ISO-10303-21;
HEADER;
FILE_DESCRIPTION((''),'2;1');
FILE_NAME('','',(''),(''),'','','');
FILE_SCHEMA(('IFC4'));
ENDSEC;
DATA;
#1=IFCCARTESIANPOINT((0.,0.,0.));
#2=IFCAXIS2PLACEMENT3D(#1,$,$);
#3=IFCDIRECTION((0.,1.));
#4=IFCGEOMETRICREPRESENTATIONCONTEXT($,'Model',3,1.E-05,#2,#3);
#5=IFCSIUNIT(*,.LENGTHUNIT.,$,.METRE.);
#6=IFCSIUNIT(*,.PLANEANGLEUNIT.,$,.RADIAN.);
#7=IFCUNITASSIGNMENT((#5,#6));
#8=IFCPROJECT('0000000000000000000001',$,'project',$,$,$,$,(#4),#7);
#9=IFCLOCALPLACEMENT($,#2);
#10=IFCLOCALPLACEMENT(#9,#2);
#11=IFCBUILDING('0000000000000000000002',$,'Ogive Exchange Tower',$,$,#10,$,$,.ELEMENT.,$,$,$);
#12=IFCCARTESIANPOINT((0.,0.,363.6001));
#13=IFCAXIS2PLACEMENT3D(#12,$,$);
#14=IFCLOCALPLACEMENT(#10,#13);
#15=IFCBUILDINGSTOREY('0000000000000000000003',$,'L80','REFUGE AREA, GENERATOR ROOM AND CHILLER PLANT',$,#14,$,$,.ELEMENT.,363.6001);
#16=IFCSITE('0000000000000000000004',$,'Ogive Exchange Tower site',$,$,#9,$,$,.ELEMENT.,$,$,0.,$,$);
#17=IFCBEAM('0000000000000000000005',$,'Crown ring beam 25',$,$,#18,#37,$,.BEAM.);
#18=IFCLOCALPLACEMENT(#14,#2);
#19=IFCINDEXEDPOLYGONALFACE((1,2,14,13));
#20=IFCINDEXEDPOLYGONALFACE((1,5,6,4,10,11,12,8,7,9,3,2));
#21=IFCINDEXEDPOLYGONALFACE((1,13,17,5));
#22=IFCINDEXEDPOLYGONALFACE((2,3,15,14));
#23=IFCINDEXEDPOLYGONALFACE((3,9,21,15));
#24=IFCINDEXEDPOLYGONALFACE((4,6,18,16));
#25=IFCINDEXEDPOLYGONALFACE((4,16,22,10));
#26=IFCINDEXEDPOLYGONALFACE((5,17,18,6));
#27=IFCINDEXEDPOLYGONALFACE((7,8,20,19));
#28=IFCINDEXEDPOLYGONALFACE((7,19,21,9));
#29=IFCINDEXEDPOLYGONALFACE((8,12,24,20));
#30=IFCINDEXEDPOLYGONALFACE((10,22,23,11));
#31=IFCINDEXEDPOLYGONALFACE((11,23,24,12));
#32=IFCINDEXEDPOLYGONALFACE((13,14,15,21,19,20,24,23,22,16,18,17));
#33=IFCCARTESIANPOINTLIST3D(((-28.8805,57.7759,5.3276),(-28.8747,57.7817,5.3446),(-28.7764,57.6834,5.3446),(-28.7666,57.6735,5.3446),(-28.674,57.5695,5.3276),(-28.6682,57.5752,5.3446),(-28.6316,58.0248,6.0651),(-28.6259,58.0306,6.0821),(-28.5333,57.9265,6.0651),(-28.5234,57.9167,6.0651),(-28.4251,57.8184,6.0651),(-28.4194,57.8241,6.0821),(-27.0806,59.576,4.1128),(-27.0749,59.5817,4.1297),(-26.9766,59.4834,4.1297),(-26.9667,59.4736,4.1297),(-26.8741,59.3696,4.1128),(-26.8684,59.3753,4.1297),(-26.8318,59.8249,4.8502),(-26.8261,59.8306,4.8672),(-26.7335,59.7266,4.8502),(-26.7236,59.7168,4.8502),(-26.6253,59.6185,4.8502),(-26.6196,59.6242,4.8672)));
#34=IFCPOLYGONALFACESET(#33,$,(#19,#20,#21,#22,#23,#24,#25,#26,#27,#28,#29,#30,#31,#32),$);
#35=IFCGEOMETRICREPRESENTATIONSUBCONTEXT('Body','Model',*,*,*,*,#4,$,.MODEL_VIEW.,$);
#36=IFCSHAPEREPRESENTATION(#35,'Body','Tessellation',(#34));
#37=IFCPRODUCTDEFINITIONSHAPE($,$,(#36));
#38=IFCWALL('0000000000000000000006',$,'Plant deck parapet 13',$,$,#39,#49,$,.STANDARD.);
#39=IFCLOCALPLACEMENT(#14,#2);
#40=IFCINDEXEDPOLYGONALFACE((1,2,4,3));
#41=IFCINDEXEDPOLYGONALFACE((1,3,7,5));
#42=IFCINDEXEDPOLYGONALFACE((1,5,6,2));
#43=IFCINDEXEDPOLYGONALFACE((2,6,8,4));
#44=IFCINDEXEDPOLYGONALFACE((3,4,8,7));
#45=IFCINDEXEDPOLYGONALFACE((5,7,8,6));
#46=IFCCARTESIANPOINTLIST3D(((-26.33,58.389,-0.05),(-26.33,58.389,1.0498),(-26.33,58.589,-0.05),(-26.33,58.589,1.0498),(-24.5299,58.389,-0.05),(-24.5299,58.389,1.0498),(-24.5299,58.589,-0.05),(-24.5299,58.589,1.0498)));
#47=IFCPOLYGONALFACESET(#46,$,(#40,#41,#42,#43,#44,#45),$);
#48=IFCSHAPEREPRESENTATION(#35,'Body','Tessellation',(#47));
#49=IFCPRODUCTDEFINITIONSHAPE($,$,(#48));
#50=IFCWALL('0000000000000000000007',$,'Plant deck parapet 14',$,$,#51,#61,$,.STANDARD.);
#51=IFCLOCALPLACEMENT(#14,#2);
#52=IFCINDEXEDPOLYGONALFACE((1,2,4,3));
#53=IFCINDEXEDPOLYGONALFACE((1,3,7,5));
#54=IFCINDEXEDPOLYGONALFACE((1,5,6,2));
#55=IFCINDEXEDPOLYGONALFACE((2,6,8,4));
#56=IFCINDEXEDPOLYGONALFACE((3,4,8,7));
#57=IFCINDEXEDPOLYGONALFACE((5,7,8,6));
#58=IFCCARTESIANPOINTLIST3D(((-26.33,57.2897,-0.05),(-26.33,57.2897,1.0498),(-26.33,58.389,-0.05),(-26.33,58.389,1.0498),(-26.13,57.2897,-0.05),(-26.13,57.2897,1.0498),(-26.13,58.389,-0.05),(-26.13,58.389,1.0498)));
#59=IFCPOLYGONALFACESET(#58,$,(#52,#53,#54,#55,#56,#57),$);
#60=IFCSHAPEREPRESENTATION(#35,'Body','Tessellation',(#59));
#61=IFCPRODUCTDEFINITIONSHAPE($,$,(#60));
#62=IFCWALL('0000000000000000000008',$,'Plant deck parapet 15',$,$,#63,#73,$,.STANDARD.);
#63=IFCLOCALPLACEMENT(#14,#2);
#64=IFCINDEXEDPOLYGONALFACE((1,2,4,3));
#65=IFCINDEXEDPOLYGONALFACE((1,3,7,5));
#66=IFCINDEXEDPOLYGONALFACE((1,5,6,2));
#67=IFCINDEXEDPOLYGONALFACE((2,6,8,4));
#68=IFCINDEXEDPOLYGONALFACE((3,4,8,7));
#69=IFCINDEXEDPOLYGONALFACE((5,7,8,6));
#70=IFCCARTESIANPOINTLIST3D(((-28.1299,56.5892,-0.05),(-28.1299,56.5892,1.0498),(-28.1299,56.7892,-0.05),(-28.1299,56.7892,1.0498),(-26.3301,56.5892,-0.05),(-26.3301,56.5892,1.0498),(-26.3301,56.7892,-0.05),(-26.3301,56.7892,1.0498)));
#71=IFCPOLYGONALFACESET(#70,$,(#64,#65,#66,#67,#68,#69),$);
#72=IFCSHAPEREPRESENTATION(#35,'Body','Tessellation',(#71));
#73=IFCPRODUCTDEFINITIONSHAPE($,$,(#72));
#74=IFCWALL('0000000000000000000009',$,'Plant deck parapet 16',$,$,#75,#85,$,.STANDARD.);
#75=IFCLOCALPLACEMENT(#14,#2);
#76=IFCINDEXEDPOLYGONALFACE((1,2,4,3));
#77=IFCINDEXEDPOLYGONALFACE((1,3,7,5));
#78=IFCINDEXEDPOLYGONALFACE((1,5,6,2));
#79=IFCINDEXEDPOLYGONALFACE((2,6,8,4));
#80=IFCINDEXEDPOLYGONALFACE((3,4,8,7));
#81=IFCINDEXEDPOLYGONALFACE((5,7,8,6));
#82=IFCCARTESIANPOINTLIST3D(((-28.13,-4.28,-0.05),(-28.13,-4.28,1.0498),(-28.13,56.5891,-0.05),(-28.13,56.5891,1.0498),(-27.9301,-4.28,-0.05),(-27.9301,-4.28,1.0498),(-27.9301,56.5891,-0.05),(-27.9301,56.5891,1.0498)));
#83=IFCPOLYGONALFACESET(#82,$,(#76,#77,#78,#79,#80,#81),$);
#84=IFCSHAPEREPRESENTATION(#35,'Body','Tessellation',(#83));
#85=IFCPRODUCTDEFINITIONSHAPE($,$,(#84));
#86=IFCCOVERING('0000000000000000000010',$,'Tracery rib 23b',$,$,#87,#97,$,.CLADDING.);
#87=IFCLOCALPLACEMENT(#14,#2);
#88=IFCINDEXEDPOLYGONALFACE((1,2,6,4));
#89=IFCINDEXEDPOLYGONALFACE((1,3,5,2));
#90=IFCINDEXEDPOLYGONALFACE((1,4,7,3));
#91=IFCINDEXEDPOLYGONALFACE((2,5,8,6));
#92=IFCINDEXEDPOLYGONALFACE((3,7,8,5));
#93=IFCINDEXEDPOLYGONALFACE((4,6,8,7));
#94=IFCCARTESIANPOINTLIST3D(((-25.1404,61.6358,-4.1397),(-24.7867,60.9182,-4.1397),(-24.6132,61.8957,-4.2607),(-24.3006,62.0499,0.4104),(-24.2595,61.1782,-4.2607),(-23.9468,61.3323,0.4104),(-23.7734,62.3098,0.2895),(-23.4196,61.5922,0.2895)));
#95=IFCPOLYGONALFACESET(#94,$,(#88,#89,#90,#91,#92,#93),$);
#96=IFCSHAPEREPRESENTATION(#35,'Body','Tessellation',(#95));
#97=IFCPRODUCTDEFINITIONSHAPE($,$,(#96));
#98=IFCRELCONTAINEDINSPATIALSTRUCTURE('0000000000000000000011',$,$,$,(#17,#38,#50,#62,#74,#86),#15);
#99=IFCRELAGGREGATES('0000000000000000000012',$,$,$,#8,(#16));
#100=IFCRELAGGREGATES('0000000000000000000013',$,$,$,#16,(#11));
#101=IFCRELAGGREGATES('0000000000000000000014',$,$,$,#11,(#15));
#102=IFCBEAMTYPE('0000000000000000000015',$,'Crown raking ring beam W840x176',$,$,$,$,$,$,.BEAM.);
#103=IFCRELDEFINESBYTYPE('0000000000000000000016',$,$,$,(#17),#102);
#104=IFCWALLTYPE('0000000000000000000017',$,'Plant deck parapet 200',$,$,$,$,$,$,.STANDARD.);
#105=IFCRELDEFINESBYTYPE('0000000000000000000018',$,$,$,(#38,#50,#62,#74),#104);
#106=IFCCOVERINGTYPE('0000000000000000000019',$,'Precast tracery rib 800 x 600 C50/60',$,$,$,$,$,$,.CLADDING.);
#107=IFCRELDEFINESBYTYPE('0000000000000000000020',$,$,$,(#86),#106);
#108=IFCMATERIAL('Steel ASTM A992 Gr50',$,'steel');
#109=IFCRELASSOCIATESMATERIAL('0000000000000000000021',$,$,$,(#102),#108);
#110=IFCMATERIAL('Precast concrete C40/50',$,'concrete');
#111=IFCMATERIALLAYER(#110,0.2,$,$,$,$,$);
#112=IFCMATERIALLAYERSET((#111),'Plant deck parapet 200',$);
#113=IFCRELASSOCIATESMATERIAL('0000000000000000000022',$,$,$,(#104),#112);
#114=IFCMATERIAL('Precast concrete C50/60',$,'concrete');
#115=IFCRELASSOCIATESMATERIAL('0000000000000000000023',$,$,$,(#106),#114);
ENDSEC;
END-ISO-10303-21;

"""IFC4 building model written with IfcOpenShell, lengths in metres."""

from ifc_helpers import new_model, si_unit, direction, frame, frame_2d, origin, origin_2d, place, context, subcontext, project, spatial, rectangle, i_section, extrude, material, layer, layer_set, material_profile, profile_set, type_object, element, save


model = new_model("IFC4")

# Units and contexts
model_context = context("Model", 3, precision=1e-05, world=origin(), true_north=direction((0.0, 1.0)))
body_context = subcontext(model_context, "Body", "Model", "MODEL_VIEW")
ifc_project = project(units=[si_unit("LENGTHUNIT", "METRE"), si_unit("PLANEANGLEUNIT", "RADIAN")], contexts=[model_context])

# Site, building, storey
site_placement = place(None, origin())
site = spatial("IfcSite", under=ifc_project, at=site_placement, Name="Ogive Exchange Tower site", CompositionType="ELEMENT", RefElevation=0.0)
building_placement = place(site_placement, origin())
building = spatial("IfcBuilding", under=site, at=building_placement, Name="Ogive Exchange Tower", CompositionType="ELEMENT")
storey_placement = place(building_placement, frame((0.0, 0.0, 363.6001)))
storey = spatial("IfcBuildingStorey", under=building, at=storey_placement, Name="L80", Description="REFUGE AREA, GENERATOR ROOM AND CHILLER PLANT", CompositionType="ELEMENT", Elevation=363.6001)

# Beam
ifc_material_1 = material(Name="Steel ASTM A992 Gr50", Category="steel")
ifc_material_profile_1 = material_profile(ifc_material_1, i_section(OverallWidth=0.292, OverallDepth=0.8359, WebThickness=0.0139, FlangeThickness=0.0188, at=origin_2d()), Name="W840x176")
ifc_profile_set_1 = profile_set([ifc_material_profile_1], Name="Steel ASTM A992 Gr50")
beam_type_1 = type_object("IfcBeamType", Name="Crown raking ring beam W840x176", PredefinedType="BEAM", material=ifc_profile_set_1)
beam_1_placement = place(storey_placement, frame((-26.8501, 59.6001, 4.49), z_axis=(-0.638112, -0.638198, 0.430717), x_axis=(0.707155, -0.707059, 0.0)))
element("IfcBeam", 1, at=beam_1_placement, inside=storey, type_object=beam_type_1, Name="Crown ring beam 25", PredefinedType="BEAM", context=body_context, shape_type="SweptSolid", body=[
    extrude(i_section(OverallWidth=0.292, OverallDepth=0.8359, WebThickness=0.0139, FlangeThickness=0.0188, at=origin_2d()), origin(), (0.0, 0.0, 1.0), 2.8206),
])

# Walls
ifc_material_2 = material(Name="Precast concrete C40/50", Category="concrete")
ifc_layer = layer(ifc_material_2, 0.2)
ifc_layer_set = layer_set([ifc_layer], Name="Plant deck parapet 200")
wall_type = type_object("IfcWallType", Name="Plant deck parapet 200", PredefinedType="STANDARD", material=ifc_layer_set)
wall_1_placement = place(storey_placement, frame((-24.53, 58.489, -0.05), z_axis=(0.0, 0.0, 1.0), x_axis=(-1.0, 0.0, 0.0)))
element("IfcWall", 2, at=wall_1_placement, inside=storey, type_object=wall_type, Name="Plant deck parapet 13", PredefinedType="STANDARD", context=body_context, shape_type="SweptSolid", body=[
    extrude(rectangle(XDim=1.8, YDim=0.2, at=frame_2d((0.8999, 0.0))), origin(), (0.0, 0.0, 1.0), 1.0999),
])
wall_2_placement = place(storey_placement, frame((-26.23, 58.3892, -0.05), z_axis=(0.0, 0.0, 1.0), x_axis=(0.0, -1.0, 0.0)))
element("IfcWall", 3, at=wall_2_placement, inside=storey, type_object=wall_type, Name="Plant deck parapet 14", PredefinedType="STANDARD", context=body_context, shape_type="SweptSolid", body=[
    extrude(rectangle(XDim=1.0994, YDim=0.2, at=frame_2d((0.5498, 0.0))), origin(), (0.0, 0.0, 1.0), 1.0999),
])
wall_3_placement = place(storey_placement, frame((-26.3301, 56.6892, -0.05), z_axis=(0.0, 0.0, 1.0), x_axis=(-1.0, 0.0, 0.0)))
element("IfcWall", 4, at=wall_3_placement, inside=storey, type_object=wall_type, Name="Plant deck parapet 15", PredefinedType="STANDARD", context=body_context, shape_type="SweptSolid", body=[
    extrude(rectangle(XDim=1.7998, YDim=0.2, at=frame_2d((0.8999, 0.0))), origin(), (0.0, 0.0, 1.0), 1.0999),
])
wall_4_placement = place(storey_placement, frame((-28.03, 56.5891, -0.05), z_axis=(0.0, 0.0, 1.0), x_axis=(0.0, -1.0, 0.0)))
element("IfcWall", 5, at=wall_4_placement, inside=storey, type_object=wall_type, Name="Plant deck parapet 16", PredefinedType="STANDARD", context=body_context, shape_type="SweptSolid", body=[
    extrude(rectangle(XDim=60.8691, YDim=0.2, at=frame_2d((30.4346, 0.0))), origin(), (0.0, 0.0, 1.0), 1.0999),
])

# Covering
ifc_material_3 = material(Name="Precast concrete C50/60", Category="concrete")
ifc_material_profile_2 = material_profile(ifc_material_3, rectangle(XDim=0.8, YDim=0.6001, at=origin_2d()), Name="RIB 800 x 600")
ifc_profile_set_2 = profile_set([ifc_material_profile_2], Name="Precast concrete C50/60")
covering_type = type_object("IfcCoveringType", Name="Precast tracery rib 800 x 600 C50/60", PredefinedType="CLADDING", material=ifc_profile_set_2)
covering_placement = place(storey_placement, frame((-24.7, 61.407, -4.2002), z_axis=(0.18079, 0.089134, 0.979474), x_axis=(-0.442201, 0.896916, 0.0)))
element("IfcCovering", 6, at=covering_placement, inside=storey, type_object=covering_type, Name="Tracery rib 23b", PredefinedType="CLADDING", context=body_context, shape_type="SweptSolid", body=[
    extrude(rectangle(XDim=0.8, YDim=0.6001, at=origin_2d()), origin(), (0.0, 0.0, 1.0), 4.6455),
])

save(model, "model.ifc")
